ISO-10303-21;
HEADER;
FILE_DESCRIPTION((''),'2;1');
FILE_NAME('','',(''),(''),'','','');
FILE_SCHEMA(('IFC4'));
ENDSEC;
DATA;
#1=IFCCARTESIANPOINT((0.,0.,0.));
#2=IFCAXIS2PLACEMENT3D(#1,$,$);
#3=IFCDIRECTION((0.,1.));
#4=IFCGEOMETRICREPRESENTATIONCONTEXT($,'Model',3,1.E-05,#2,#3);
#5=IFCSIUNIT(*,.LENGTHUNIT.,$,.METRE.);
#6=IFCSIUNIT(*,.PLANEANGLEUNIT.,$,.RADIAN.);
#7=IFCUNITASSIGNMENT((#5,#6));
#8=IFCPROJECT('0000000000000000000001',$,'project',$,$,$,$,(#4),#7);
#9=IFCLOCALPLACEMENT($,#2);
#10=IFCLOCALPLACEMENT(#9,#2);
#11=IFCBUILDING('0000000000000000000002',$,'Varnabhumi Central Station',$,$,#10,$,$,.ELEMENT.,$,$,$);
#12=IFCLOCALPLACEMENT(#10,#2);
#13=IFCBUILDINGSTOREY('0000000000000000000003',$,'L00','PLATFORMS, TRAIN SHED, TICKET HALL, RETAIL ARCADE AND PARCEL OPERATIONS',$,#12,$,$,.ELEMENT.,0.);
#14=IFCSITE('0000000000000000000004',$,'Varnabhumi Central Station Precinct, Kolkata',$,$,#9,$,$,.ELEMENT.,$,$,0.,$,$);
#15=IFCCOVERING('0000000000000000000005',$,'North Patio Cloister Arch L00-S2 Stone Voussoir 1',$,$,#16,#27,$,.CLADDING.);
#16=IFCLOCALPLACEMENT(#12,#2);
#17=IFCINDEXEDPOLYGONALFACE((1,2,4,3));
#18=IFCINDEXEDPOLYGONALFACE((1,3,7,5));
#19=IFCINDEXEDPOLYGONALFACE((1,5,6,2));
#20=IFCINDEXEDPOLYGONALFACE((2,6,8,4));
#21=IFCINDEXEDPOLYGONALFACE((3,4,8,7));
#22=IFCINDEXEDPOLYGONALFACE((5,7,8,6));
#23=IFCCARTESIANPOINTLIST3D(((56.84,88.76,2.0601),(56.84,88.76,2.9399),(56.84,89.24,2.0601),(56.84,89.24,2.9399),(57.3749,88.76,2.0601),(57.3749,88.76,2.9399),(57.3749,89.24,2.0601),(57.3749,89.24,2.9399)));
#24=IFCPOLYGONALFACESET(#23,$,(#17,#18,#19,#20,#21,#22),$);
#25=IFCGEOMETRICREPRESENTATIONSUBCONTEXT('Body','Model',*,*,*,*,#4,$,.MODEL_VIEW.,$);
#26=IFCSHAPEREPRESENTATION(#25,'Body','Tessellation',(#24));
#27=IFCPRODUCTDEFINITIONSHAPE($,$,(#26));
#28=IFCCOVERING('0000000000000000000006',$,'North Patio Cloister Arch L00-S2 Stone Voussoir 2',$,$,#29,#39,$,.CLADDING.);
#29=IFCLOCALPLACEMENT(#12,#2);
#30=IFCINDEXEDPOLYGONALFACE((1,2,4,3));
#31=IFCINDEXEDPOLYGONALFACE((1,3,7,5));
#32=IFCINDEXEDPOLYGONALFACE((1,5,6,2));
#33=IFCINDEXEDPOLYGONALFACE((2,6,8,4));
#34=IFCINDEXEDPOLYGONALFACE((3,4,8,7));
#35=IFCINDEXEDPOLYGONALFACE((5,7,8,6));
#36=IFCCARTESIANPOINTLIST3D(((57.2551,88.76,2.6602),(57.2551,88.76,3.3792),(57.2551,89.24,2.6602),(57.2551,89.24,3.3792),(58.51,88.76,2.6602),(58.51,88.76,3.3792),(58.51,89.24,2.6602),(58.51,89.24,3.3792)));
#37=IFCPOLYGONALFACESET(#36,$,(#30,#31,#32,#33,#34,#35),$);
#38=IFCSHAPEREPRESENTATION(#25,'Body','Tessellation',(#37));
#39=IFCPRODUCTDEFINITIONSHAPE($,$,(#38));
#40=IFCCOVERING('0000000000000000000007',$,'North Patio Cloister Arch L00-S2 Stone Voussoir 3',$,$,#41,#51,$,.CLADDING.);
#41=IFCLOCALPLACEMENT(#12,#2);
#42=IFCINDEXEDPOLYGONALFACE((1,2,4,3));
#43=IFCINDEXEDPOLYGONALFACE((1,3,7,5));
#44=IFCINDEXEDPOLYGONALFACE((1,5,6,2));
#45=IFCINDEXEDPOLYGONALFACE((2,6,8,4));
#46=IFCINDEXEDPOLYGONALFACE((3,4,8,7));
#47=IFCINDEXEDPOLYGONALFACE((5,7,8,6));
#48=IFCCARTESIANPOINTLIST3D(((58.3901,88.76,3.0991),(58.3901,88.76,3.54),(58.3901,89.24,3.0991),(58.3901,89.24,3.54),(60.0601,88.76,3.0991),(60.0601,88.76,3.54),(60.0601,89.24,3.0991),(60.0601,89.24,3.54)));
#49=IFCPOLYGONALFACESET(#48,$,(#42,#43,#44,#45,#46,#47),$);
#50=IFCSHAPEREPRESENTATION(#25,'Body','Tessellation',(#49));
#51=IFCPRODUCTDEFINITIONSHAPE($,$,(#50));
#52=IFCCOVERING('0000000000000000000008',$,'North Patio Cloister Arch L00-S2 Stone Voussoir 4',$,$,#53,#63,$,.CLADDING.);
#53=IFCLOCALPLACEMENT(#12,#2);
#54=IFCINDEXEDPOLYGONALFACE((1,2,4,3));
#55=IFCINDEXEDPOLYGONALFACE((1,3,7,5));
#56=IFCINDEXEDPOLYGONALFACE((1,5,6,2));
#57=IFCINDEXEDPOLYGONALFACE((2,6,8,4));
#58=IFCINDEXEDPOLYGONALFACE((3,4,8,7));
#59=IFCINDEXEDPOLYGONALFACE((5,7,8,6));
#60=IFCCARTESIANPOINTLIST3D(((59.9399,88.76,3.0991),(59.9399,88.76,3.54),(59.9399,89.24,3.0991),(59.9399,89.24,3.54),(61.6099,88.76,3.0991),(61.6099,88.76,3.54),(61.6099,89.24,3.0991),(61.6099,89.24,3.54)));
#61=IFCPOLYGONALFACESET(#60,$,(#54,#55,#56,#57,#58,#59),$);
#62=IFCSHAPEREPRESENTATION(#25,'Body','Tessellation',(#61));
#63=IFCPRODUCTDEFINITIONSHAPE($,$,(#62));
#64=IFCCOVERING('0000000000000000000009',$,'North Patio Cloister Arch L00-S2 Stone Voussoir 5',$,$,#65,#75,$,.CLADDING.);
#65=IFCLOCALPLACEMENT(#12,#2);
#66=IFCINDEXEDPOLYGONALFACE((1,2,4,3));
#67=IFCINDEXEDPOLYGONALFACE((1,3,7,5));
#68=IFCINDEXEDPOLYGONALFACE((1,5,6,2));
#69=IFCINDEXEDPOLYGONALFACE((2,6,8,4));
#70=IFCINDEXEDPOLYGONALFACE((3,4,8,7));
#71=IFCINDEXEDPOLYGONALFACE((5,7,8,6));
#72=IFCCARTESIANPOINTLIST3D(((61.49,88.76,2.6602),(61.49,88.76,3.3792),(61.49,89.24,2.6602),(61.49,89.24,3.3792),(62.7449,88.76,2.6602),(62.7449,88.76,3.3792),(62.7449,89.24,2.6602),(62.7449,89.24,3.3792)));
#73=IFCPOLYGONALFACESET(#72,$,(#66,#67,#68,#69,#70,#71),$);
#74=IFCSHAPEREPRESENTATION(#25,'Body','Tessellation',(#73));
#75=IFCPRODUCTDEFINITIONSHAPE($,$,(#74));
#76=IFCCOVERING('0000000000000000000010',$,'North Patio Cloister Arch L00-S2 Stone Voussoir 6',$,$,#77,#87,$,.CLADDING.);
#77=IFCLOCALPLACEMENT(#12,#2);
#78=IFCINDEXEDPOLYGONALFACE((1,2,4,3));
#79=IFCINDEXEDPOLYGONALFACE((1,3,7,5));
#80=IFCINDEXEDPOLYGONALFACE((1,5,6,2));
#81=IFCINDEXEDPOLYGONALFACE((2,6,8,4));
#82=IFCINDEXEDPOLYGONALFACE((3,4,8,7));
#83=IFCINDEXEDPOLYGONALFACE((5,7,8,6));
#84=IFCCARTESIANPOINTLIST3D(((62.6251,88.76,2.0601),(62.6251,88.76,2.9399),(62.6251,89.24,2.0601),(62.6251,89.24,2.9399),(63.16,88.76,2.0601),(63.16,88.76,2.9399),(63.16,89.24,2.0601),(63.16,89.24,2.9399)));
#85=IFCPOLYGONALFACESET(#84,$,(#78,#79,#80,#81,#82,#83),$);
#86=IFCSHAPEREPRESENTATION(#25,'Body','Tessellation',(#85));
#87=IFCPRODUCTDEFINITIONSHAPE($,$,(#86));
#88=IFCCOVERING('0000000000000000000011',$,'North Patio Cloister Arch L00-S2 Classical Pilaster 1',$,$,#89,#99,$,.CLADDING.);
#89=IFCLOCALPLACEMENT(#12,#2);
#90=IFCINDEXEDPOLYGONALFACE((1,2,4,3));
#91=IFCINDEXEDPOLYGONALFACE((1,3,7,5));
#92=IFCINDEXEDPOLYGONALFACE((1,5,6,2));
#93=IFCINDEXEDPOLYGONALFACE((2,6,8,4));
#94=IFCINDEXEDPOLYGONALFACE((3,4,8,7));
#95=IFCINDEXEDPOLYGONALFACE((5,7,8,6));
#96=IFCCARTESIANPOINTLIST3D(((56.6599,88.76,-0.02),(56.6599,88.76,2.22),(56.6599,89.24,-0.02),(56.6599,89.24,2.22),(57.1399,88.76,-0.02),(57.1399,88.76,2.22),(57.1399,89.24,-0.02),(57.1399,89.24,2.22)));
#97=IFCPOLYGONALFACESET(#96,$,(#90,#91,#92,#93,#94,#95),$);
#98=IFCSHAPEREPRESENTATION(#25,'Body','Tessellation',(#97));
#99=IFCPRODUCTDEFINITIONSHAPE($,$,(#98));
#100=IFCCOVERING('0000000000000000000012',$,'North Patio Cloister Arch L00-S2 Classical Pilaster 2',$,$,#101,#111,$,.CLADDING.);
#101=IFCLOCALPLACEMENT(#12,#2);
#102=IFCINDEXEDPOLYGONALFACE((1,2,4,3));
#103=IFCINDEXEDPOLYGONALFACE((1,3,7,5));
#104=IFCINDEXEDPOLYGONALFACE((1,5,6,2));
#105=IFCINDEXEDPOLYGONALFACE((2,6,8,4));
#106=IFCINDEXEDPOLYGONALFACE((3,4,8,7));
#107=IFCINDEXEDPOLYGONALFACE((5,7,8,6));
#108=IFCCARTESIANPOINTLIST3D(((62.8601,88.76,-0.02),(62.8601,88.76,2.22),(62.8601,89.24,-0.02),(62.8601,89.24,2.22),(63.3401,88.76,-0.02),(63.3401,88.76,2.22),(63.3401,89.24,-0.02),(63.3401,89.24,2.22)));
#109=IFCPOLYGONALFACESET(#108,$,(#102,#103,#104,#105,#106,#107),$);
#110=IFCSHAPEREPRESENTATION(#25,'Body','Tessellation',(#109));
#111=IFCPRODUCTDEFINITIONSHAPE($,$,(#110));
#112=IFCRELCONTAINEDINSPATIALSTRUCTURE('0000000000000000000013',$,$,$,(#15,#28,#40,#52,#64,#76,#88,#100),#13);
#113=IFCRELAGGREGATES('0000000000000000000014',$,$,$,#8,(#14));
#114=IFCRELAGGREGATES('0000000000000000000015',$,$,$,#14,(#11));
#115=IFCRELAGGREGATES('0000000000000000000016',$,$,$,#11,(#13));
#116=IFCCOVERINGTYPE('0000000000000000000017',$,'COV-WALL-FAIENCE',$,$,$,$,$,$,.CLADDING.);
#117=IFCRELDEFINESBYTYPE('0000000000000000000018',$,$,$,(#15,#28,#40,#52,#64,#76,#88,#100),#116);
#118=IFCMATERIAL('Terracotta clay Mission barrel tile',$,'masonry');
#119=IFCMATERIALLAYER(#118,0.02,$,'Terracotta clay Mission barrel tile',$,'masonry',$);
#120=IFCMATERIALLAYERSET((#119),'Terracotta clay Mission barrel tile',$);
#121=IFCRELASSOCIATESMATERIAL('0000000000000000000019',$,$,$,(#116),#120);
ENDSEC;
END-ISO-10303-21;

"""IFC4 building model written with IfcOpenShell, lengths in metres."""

from ifc_helpers import new_model, si_unit, direction, frame, origin, origin_2d, place, context, subcontext, project, spatial, rectangle, extrude, material, layer, layer_set, type_object, element, save


model = new_model("IFC4")

# Units and contexts
model_context = context("Model", 3, precision=1e-05, world=origin(), true_north=direction((0.0, 1.0)))
body_context = subcontext(model_context, "Body", "Model", "MODEL_VIEW")
ifc_project = project(units=[si_unit("LENGTHUNIT", "METRE"), si_unit("PLANEANGLEUNIT", "RADIAN")], contexts=[model_context])

# Site, building, storey
site_placement = place(None, origin())
site = spatial("IfcSite", under=ifc_project, at=site_placement, Name="Varnabhumi Central Station Precinct, Kolkata", CompositionType="ELEMENT", RefElevation=0.0)
building_placement = place(site_placement, origin())
building = spatial("IfcBuilding", under=site, at=building_placement, Name="Varnabhumi Central Station", CompositionType="ELEMENT")
storey_placement = place(building_placement, origin())
storey = spatial("IfcBuildingStorey", under=building, at=storey_placement, Name="L00", Description="PLATFORMS, TRAIN SHED, TICKET HALL, RETAIL ARCADE AND PARCEL OPERATIONS", CompositionType="ELEMENT", Elevation=0.0)

# Coverings
ifc_material_1 = material(Name="Terracotta clay Mission barrel tile", Category="masonry")
ifc_layer_1 = layer(ifc_material_1, 0.02, Name="Terracotta clay Mission barrel tile", Category="masonry")
ifc_layer_set_1 = layer_set([ifc_layer_1], Name="Terracotta clay Mission barrel tile")
covering_type = type_object("IfcCoveringType", Name="COV-WALL-FAIENCE", PredefinedType="CLADDING", material=ifc_layer_set_1)
covering_1_placement = place(storey_placement, frame((57.1074, 89.0, 2.0601), z_axis=(0.0, 0.0, 1.0), x_axis=(1.0, 0.0, 0.0)))
element("IfcCovering", 1, at=covering_1_placement, inside=storey, type_object=covering_type, Name="North Patio Cloister Arch L00-S2 Stone Voussoir 1", PredefinedType="CLADDING", context=body_context, shape_type="SweptSolid", body=[
    extrude(rectangle(XDim=0.5349, YDim=0.48, at=origin_2d()), origin(), (0.0, 0.0, 1.0), 0.8799),
])
covering_2_placement = place(storey_placement, frame((57.8826, 89.0, 2.6602), z_axis=(0.0, 0.0, 1.0), x_axis=(1.0, 0.0, 0.0)))
element("IfcCovering", 2, at=covering_2_placement, inside=storey, type_object=covering_type, Name="North Patio Cloister Arch L00-S2 Stone Voussoir 2", PredefinedType="CLADDING", context=body_context, shape_type="SweptSolid", body=[
    extrude(rectangle(XDim=1.2549, YDim=0.48, at=origin_2d()), origin(), (0.0, 0.0, 1.0), 0.719),
])
for number, where, z_axis, x_axis, name in (
    (3, (59.2251, 89.0, 3.0991), (0.0, 0.0, 1.0), (1.0, 0.0, 0.0), "North Patio Cloister Arch L00-S2 Stone Voussoir 3"),
    (4, (60.7749, 89.0, 3.0991), (0.0, 0.0, 1.0), (1.0, 0.0, 0.0), "North Patio Cloister Arch L00-S2 Stone Voussoir 4"),
):
    element("IfcCovering", number, at=place(storey_placement, frame(where, z_axis=z_axis, x_axis=x_axis)), inside=storey, type_object=covering_type, Name=name, PredefinedType="CLADDING", context=body_context, shape_type="SweptSolid", body=[
        extrude(rectangle(XDim=1.6699, YDim=0.48, at=origin_2d()), origin(), (0.0, 0.0, 1.0), 0.4409),
    ])
covering_3_placement = place(storey_placement, frame((62.1174, 89.0, 2.6602), z_axis=(0.0, 0.0, 1.0), x_axis=(1.0, 0.0, 0.0)))
element("IfcCovering", 5, at=covering_3_placement, inside=storey, type_object=covering_type, Name="North Patio Cloister Arch L00-S2 Stone Voussoir 5", PredefinedType="CLADDING", context=body_context, shape_type="SweptSolid", body=[
    extrude(rectangle(XDim=1.2549, YDim=0.48, at=origin_2d()), origin(), (0.0, 0.0, 1.0), 0.719),
])
covering_4_placement = place(storey_placement, frame((62.8926, 89.0, 2.0601), z_axis=(0.0, 0.0, 1.0), x_axis=(1.0, 0.0, 0.0)))
element("IfcCovering", 6, at=covering_4_placement, inside=storey, type_object=covering_type, Name="North Patio Cloister Arch L00-S2 Stone Voussoir 6", PredefinedType="CLADDING", context=body_context, shape_type="SweptSolid", body=[
    extrude(rectangle(XDim=0.5349, YDim=0.48, at=origin_2d()), origin(), (0.0, 0.0, 1.0), 0.8799),
])
for number, where, z_axis, x_axis, name in (
    (7, (56.8999, 89.0, -0.02), (0.0, 0.0, 1.0), (1.0, 0.0, 0.0), "North Patio Cloister Arch L00-S2 Classical Pilaster 1"),
    (8, (63.1001, 89.0, -0.02), (0.0, 0.0, 1.0), (1.0, 0.0, 0.0), "North Patio Cloister Arch L00-S2 Classical Pilaster 2"),
):
    element("IfcCovering", number, at=place(storey_placement, frame(where, z_axis=z_axis, x_axis=x_axis)), inside=storey, type_object=covering_type, Name=name, PredefinedType="CLADDING", context=body_context, shape_type="SweptSolid", body=[
        extrude(rectangle(XDim=0.48, YDim=0.48, at=origin_2d()), origin(), (0.0, 0.0, 1.0), 2.24),
    ])

save(model, "model.ifc")
